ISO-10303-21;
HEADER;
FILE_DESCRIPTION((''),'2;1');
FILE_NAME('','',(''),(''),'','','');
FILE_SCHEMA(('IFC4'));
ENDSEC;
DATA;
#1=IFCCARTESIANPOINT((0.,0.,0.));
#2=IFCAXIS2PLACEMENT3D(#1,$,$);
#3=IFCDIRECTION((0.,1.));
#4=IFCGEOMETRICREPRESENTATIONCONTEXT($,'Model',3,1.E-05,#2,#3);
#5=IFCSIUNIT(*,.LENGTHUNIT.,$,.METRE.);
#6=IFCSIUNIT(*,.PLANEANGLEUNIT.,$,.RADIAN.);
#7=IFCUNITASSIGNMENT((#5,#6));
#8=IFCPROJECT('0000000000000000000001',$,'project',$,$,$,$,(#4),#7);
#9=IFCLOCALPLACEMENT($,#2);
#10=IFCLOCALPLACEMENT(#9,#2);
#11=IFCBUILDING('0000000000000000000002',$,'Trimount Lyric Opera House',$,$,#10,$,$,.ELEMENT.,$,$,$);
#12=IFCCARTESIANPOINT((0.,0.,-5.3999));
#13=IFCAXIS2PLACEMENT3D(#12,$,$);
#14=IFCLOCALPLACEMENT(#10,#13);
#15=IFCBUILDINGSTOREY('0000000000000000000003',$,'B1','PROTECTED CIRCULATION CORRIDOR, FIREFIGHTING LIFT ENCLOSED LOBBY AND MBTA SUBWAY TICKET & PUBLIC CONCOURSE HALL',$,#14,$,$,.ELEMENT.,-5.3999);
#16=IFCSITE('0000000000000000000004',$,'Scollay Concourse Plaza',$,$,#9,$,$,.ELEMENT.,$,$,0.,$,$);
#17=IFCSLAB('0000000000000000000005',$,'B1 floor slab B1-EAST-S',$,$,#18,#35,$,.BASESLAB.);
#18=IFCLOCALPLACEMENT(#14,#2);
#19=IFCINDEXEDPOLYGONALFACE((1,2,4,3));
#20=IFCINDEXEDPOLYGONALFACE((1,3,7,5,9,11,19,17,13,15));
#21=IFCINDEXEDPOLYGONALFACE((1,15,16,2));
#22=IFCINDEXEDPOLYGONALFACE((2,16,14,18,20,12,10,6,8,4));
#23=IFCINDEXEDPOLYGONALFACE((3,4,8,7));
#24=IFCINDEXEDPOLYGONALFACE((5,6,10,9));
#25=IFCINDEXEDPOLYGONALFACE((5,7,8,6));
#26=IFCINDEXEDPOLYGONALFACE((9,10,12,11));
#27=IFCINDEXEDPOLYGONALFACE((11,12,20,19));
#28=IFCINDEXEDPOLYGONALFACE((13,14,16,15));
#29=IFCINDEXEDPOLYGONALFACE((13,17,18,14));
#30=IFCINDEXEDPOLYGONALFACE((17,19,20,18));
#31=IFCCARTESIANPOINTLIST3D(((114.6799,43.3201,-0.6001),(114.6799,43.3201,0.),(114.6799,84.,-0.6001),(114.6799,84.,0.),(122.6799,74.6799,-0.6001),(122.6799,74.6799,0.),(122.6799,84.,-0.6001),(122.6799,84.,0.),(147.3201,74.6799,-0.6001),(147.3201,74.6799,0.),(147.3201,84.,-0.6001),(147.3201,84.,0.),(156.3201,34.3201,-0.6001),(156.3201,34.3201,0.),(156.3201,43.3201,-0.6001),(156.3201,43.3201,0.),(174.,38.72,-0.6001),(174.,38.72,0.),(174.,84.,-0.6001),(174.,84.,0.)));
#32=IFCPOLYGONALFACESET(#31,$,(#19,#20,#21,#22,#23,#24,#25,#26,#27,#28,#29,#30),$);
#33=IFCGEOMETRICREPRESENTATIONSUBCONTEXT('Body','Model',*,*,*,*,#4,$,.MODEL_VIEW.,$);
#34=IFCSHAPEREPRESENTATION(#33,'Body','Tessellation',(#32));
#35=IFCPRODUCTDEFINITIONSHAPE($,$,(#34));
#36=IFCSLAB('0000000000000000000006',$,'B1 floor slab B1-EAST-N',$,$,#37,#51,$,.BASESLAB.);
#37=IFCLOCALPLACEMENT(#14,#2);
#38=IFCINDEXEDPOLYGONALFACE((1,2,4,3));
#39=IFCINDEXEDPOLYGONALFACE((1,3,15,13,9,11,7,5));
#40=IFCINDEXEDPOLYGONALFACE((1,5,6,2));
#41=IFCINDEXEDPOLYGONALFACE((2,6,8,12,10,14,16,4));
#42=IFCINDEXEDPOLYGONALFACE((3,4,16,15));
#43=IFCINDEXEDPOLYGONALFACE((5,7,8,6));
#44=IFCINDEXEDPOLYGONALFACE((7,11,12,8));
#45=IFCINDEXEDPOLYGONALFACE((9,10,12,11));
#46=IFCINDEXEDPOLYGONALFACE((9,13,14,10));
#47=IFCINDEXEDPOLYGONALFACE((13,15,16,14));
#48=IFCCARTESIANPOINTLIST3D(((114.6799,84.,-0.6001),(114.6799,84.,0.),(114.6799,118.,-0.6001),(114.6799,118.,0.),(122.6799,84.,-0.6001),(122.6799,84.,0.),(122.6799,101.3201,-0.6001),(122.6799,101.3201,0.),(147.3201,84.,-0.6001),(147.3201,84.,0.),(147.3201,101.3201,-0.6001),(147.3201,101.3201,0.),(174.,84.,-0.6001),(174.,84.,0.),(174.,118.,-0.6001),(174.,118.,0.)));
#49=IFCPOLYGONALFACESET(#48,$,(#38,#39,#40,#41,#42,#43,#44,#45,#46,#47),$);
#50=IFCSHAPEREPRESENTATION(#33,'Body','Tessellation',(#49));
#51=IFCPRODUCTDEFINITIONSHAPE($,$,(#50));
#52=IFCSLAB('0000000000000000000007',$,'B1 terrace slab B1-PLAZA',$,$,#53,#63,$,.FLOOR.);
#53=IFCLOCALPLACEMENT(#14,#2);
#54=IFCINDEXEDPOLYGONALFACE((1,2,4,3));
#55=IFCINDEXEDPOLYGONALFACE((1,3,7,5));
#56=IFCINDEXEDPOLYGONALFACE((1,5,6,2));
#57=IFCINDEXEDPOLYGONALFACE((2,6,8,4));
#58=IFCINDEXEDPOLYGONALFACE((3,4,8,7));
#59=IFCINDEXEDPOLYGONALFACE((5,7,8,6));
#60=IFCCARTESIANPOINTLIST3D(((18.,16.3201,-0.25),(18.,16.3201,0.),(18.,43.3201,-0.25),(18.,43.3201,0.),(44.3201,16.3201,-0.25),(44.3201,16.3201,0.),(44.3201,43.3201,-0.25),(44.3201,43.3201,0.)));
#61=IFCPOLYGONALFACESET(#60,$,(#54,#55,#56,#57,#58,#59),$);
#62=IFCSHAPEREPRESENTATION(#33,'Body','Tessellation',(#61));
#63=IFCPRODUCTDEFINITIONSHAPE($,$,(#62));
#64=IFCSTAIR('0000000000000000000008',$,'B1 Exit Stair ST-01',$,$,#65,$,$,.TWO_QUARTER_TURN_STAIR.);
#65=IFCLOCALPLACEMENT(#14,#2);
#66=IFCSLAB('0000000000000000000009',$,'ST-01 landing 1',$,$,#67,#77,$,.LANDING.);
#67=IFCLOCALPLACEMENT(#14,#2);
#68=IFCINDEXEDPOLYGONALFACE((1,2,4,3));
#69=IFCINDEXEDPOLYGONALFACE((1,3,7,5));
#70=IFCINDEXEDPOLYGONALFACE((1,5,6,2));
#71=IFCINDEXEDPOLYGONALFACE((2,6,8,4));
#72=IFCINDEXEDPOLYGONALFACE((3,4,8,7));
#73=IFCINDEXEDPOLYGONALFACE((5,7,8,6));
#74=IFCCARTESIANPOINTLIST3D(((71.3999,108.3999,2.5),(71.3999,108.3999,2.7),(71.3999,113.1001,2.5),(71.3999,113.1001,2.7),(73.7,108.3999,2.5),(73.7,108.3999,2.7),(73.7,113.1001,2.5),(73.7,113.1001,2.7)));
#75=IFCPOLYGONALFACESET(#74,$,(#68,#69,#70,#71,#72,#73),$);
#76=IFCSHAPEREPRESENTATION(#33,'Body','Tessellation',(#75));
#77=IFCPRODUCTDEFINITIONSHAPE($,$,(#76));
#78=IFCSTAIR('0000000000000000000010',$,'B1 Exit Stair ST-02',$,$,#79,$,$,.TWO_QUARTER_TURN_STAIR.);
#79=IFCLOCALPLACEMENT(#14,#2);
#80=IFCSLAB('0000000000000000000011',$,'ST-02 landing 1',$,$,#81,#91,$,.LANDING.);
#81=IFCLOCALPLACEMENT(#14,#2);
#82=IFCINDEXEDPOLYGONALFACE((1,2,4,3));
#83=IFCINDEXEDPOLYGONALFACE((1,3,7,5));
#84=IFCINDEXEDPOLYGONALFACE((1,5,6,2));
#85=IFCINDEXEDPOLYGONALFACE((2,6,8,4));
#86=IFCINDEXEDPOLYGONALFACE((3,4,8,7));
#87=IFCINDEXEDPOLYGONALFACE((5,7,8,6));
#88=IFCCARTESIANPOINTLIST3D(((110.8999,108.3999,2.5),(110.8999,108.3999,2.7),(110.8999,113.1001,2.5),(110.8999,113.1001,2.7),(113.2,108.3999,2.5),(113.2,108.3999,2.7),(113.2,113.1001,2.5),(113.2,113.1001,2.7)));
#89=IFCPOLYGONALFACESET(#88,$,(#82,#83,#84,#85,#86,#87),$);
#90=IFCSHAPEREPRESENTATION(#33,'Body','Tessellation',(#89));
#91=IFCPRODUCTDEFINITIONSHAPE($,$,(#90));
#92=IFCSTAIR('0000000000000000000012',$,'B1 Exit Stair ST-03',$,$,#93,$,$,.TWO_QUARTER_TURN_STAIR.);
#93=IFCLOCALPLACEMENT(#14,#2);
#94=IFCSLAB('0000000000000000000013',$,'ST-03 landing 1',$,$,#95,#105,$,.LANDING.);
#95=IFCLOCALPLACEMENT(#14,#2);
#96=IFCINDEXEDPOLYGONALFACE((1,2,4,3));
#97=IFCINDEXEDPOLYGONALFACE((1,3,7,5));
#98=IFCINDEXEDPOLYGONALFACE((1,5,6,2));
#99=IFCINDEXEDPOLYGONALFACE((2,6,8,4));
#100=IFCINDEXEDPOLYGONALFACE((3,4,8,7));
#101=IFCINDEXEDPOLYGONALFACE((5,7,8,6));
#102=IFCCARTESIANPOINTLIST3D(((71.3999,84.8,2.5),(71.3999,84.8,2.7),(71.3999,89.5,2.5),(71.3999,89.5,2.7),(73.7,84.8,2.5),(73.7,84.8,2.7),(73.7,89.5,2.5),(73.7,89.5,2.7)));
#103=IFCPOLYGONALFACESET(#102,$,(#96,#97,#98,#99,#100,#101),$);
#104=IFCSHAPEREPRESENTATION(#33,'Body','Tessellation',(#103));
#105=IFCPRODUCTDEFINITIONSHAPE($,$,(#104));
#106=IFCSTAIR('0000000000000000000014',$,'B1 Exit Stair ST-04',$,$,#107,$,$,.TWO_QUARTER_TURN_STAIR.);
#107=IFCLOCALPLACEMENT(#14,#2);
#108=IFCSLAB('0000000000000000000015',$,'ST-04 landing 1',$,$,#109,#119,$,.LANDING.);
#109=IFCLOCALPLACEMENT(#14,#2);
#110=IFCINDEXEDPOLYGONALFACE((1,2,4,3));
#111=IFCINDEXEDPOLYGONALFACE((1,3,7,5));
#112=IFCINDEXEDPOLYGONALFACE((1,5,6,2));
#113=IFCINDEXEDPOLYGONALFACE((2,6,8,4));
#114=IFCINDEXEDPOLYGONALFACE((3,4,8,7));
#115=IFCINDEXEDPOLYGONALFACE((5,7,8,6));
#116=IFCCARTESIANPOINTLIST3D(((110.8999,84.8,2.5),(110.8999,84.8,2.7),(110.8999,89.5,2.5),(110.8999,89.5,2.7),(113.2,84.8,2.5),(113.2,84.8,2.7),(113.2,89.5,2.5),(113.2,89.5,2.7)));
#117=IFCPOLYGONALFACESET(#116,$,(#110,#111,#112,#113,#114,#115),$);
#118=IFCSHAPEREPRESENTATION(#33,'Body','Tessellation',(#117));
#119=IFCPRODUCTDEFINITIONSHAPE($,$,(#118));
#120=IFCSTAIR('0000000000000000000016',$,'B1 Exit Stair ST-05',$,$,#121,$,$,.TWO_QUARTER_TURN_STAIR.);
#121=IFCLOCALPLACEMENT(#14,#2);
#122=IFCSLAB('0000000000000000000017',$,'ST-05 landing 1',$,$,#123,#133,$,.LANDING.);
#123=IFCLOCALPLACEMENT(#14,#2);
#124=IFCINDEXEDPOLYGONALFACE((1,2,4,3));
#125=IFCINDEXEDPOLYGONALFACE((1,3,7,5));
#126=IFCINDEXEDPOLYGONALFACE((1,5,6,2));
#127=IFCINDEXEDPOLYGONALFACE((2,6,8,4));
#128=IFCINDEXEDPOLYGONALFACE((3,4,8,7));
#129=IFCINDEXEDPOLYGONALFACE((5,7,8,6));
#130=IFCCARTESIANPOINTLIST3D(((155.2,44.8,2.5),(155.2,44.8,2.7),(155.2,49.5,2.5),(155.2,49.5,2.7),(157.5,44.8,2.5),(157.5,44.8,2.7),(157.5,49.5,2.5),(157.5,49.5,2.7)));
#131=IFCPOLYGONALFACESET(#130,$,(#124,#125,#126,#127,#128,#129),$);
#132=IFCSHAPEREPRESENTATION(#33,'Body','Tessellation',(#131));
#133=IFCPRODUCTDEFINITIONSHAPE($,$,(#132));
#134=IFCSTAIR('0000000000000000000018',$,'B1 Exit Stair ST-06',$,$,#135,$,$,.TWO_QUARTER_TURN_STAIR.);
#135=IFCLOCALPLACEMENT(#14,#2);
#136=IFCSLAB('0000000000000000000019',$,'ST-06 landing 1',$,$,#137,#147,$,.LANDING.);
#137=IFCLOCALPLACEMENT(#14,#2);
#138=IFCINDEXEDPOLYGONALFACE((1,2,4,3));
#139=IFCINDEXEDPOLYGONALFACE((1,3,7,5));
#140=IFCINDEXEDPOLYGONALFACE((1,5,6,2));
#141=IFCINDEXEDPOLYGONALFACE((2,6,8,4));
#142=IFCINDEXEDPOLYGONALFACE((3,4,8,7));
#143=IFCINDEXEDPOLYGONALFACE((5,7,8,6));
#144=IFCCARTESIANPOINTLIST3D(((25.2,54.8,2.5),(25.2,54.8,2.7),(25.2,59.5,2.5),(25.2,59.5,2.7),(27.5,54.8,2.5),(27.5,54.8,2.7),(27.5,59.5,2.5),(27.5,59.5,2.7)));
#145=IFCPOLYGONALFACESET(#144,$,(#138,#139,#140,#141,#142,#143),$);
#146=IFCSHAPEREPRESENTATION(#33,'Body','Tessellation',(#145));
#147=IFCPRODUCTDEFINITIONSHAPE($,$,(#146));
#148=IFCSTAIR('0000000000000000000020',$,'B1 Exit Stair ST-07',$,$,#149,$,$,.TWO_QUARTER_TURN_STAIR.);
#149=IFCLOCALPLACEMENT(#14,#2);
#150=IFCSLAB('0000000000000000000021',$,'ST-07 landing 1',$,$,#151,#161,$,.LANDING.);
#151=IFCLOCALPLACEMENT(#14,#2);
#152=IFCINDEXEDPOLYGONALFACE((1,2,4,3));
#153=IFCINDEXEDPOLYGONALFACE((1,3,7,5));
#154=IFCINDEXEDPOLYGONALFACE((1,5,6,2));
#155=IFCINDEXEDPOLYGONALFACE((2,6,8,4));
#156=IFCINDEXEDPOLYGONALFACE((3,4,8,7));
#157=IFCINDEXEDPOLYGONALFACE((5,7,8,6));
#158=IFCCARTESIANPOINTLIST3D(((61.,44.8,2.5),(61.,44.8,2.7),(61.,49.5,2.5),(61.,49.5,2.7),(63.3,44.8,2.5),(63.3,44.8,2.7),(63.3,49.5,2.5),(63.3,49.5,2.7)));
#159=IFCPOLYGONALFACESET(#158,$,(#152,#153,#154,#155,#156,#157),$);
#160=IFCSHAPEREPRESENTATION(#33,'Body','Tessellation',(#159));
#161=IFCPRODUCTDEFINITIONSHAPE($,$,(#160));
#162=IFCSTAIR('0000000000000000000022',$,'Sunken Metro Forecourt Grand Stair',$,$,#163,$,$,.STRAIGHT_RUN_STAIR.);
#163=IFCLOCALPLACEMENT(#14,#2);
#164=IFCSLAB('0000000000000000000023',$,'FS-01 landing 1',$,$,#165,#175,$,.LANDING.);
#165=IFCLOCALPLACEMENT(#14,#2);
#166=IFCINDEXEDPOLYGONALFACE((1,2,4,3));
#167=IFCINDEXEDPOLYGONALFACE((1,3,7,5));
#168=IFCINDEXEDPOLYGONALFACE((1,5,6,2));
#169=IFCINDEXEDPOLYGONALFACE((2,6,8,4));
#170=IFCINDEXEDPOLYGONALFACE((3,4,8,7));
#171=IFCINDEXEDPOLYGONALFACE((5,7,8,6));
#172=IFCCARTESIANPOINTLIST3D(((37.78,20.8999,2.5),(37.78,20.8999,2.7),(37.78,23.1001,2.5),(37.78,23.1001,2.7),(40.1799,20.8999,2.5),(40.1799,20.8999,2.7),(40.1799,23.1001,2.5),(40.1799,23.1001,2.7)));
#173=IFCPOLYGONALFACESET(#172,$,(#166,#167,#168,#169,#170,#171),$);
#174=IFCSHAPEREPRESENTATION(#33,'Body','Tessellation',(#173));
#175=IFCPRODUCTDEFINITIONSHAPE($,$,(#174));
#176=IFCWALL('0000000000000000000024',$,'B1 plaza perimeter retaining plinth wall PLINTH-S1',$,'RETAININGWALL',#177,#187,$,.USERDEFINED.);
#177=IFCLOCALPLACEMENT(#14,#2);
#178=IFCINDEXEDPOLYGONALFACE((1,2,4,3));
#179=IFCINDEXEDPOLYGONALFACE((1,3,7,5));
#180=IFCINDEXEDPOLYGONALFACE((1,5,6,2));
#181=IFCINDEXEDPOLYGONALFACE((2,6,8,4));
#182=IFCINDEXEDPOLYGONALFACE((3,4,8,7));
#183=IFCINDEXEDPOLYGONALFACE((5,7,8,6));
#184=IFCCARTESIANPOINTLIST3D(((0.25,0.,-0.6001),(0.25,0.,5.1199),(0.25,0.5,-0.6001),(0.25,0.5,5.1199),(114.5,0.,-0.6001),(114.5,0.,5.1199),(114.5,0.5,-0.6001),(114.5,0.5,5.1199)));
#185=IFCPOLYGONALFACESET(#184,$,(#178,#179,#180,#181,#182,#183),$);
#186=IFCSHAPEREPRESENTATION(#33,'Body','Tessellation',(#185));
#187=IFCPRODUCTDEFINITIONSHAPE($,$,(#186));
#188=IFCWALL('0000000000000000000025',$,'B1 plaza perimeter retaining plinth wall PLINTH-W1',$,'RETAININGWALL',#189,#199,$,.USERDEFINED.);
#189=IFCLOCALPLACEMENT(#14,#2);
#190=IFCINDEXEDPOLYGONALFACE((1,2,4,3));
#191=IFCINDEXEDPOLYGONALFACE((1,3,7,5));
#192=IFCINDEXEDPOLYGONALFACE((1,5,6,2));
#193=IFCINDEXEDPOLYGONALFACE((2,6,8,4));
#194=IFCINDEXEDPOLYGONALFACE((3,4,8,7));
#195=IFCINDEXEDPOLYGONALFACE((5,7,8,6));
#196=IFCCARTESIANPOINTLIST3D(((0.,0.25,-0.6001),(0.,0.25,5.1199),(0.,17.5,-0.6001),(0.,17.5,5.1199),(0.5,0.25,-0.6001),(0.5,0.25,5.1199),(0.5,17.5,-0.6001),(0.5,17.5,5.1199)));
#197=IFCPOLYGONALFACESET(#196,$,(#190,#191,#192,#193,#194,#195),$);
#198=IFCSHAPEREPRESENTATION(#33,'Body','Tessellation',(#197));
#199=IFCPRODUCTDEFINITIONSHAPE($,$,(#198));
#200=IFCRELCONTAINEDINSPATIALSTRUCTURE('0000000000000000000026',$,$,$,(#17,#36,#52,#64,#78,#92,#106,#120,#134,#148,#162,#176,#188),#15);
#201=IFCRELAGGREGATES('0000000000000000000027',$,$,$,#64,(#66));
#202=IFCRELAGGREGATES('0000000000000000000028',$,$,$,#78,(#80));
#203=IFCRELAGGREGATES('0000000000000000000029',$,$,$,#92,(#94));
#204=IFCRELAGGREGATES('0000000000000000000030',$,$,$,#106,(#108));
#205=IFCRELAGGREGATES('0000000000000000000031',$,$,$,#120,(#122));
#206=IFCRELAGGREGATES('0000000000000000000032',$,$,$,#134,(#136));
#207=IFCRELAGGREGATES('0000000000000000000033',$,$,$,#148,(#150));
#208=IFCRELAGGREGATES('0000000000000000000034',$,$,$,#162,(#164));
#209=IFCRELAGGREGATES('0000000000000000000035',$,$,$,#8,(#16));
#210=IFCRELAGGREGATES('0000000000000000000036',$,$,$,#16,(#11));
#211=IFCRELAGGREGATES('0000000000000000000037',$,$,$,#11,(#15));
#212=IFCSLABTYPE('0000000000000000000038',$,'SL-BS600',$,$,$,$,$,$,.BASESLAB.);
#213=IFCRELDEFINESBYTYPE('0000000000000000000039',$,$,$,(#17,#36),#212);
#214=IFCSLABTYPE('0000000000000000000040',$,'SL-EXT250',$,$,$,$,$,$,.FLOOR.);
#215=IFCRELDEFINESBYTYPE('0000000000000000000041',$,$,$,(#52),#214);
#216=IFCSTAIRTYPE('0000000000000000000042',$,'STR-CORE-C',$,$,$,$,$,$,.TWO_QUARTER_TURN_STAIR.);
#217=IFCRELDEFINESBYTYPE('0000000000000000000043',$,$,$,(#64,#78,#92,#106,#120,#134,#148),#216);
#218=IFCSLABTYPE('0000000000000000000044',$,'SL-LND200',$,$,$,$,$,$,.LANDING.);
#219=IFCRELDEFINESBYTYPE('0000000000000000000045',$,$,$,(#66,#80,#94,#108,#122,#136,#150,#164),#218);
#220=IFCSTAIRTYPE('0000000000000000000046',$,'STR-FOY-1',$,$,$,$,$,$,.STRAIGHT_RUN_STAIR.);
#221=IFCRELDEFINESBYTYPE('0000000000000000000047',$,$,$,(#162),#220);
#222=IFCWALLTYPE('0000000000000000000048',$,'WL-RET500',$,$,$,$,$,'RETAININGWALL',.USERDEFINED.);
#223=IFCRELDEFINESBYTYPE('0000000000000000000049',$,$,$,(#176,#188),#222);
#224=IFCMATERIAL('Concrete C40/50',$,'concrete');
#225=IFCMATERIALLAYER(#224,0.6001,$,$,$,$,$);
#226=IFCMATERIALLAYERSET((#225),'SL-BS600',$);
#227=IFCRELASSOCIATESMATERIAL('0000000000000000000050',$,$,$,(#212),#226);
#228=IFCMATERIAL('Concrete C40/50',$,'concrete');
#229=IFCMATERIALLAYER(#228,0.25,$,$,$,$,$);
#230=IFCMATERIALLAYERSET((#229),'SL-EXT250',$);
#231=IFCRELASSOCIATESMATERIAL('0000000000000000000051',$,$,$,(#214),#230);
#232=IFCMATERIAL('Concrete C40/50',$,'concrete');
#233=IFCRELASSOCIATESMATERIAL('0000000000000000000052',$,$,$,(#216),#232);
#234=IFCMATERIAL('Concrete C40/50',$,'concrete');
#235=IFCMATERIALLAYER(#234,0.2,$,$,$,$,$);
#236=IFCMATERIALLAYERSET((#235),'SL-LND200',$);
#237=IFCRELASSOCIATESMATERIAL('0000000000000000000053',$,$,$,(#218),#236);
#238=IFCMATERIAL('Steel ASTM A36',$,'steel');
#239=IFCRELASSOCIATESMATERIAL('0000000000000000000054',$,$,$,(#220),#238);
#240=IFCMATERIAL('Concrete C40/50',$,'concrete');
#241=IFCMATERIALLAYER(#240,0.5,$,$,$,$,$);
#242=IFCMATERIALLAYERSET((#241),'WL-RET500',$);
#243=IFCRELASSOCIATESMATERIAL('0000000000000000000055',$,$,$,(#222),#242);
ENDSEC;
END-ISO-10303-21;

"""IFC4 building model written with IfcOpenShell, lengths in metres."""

from ifc_helpers import new_model, si_unit, direction, frame, frame_2d, origin, place, context, subcontext, project, spatial, polyline, rectangle, outline, extrude, material, layer, layer_set, type_object, element, aggregate, save


model = new_model("IFC4")

# Units and contexts
model_context = context("Model", 3, precision=1e-05, world=origin(), true_north=direction((0.0, 1.0)))
body_context = subcontext(model_context, "Body", "Model", "MODEL_VIEW")
ifc_project = project(units=[si_unit("LENGTHUNIT", "METRE"), si_unit("PLANEANGLEUNIT", "RADIAN")], contexts=[model_context])

# Site, building, storey
site_placement = place(None, origin())
site = spatial("IfcSite", under=ifc_project, at=site_placement, Name="Scollay Concourse Plaza", CompositionType="ELEMENT", RefElevation=0.0)
building_placement = place(site_placement, origin())
building = spatial("IfcBuilding", under=site, at=building_placement, Name="Trimount Lyric Opera House", CompositionType="ELEMENT")
storey_placement = place(building_placement, frame((0.0, 0.0, -5.3999)))
storey = spatial("IfcBuildingStorey", under=building, at=storey_placement, Name="B1", Description="PROTECTED CIRCULATION CORRIDOR, FIREFIGHTING LIFT ENCLOSED LOBBY AND MBTA SUBWAY TICKET & PUBLIC CONCOURSE HALL", CompositionType="ELEMENT", Elevation=-5.3999)

# Slabs
ifc_material_1 = material(Name="Concrete C40/50", Category="concrete")
ifc_layer_1 = layer(ifc_material_1, 0.6001)
ifc_layer_set_1 = layer_set([ifc_layer_1], Name="SL-BS600")
slab_type_1 = type_object("IfcSlabType", Name="SL-BS600", PredefinedType="BASESLAB", material=ifc_layer_set_1)
slab_1_placement = place(storey_placement, frame((0.0, 0.0, -0.6001)))
element("IfcSlab", 1, at=slab_1_placement, inside=storey, type_object=slab_type_1, Name="B1 floor slab B1-EAST-S", PredefinedType="BASESLAB", context=body_context, shape_type="SweptSolid", body=[
    extrude(outline(polyline([(174.0, 38.72), (156.3201, 34.3201), (156.3201, 43.3201), (114.6799, 43.3201), (114.6799, 84.0), (122.6799, 84.0), (122.6799, 74.6799), (147.3201, 74.6799), (147.3201, 84.0), (174.0, 84.0), (174.0, 38.72)])), origin(), (0.0, 0.0, 1.0), 0.6001),
])
slab_2_placement = place(storey_placement, frame((0.0, 0.0, -0.6001)))
element("IfcSlab", 2, at=slab_2_placement, inside=storey, type_object=slab_type_1, Name="B1 floor slab B1-EAST-N", PredefinedType="BASESLAB", context=body_context, shape_type="SweptSolid", body=[
    extrude(outline(polyline([(114.6799, 118.0), (174.0, 118.0), (174.0, 84.0), (147.3201, 84.0), (147.3201, 101.3201), (122.6799, 101.3201), (122.6799, 84.0), (114.6799, 84.0), (114.6799, 118.0)])), origin(), (0.0, 0.0, 1.0), 0.6001),
])
ifc_material_2 = material(Name="Concrete C40/50", Category="concrete")
ifc_layer_2 = layer(ifc_material_2, 0.25)
ifc_layer_set_2 = layer_set([ifc_layer_2], Name="SL-EXT250")
slab_type_2 = type_object("IfcSlabType", Name="SL-EXT250", PredefinedType="FLOOR", material=ifc_layer_set_2)
slab_3_placement = place(storey_placement, frame((0.0, 0.0, -0.25)))
element("IfcSlab", 3, at=slab_3_placement, inside=storey, type_object=slab_type_2, Name="B1 terrace slab B1-PLAZA", PredefinedType="FLOOR", context=body_context, shape_type="SweptSolid", body=[
    extrude(outline(polyline([(44.3201, 16.3201), (18.0, 16.3201), (18.0, 43.3201), (44.3201, 43.3201), (44.3201, 16.3201)])), origin(), (0.0, 0.0, 1.0), 0.25),
])

# Stairs, slabs
ifc_material_3 = material(Name="Concrete C40/50", Category="concrete")
stair_type_1 = type_object("IfcStairType", Name="STR-CORE-C", PredefinedType="TWO_QUARTER_TURN_STAIR", material=ifc_material_3)
stair_1_placement = place(storey_placement, origin())
stair_1 = element("IfcStair", 4, at=stair_1_placement, inside=storey, type_object=stair_type_1, Name="B1 Exit Stair ST-01", PredefinedType="TWO_QUARTER_TURN_STAIR")
ifc_material_4 = material(Name="Concrete C40/50", Category="concrete")
ifc_layer_3 = layer(ifc_material_4, 0.2)
ifc_layer_set_3 = layer_set([ifc_layer_3], Name="SL-LND200")
slab_type_3 = type_object("IfcSlabType", Name="SL-LND200", PredefinedType="LANDING", material=ifc_layer_set_3)
slab_4_placement = place(storey_placement, frame((0.0, 0.0, 2.5)))
slab_4 = element("IfcSlab", 5, at=slab_4_placement, type_object=slab_type_3, Name="ST-01 landing 1", PredefinedType="LANDING", context=body_context, shape_type="SweptSolid", body=[
    extrude(outline(polyline([(71.3999, 108.3999), (73.7, 108.3999), (73.7, 113.1001), (71.3999, 113.1001), (71.3999, 108.3999)])), origin(), (0.0, 0.0, 1.0), 0.2),
])
aggregate(stair_1, [slab_4])
stair_2_placement = place(storey_placement, origin())
stair_2 = element("IfcStair", 6, at=stair_2_placement, inside=storey, type_object=stair_type_1, Name="B1 Exit Stair ST-02", PredefinedType="TWO_QUARTER_TURN_STAIR")
slab_5_placement = place(storey_placement, frame((0.0, 0.0, 2.5)))
slab_5 = element("IfcSlab", 7, at=slab_5_placement, type_object=slab_type_3, Name="ST-02 landing 1", PredefinedType="LANDING", context=body_context, shape_type="SweptSolid", body=[
    extrude(outline(polyline([(110.8999, 108.3999), (113.2, 108.3999), (113.2, 113.1001), (110.8999, 113.1001), (110.8999, 108.3999)])), origin(), (0.0, 0.0, 1.0), 0.2),
])
aggregate(stair_2, [slab_5])
stair_3_placement = place(storey_placement, origin())
stair_3 = element("IfcStair", 8, at=stair_3_placement, inside=storey, type_object=stair_type_1, Name="B1 Exit Stair ST-03", PredefinedType="TWO_QUARTER_TURN_STAIR")
slab_6_placement = place(storey_placement, frame((0.0, 0.0, 2.5)))
slab_6 = element("IfcSlab", 9, at=slab_6_placement, type_object=slab_type_3, Name="ST-03 landing 1", PredefinedType="LANDING", context=body_context, shape_type="SweptSolid", body=[
    extrude(outline(polyline([(71.3999, 84.8), (73.7, 84.8), (73.7, 89.5), (71.3999, 89.5), (71.3999, 84.8)])), origin(), (0.0, 0.0, 1.0), 0.2),
])
aggregate(stair_3, [slab_6])
stair_4_placement = place(storey_placement, origin())
stair_4 = element("IfcStair", 10, at=stair_4_placement, inside=storey, type_object=stair_type_1, Name="B1 Exit Stair ST-04", PredefinedType="TWO_QUARTER_TURN_STAIR")
slab_7_placement = place(storey_placement, frame((0.0, 0.0, 2.5)))
slab_7 = element("IfcSlab", 11, at=slab_7_placement, type_object=slab_type_3, Name="ST-04 landing 1", PredefinedType="LANDING", context=body_context, shape_type="SweptSolid", body=[
    extrude(outline(polyline([(110.8999, 84.8), (113.2, 84.8), (113.2, 89.5), (110.8999, 89.5), (110.8999, 84.8)])), origin(), (0.0, 0.0, 1.0), 0.2),
])
aggregate(stair_4, [slab_7])
stair_5_placement = place(storey_placement, origin())
stair_5 = element("IfcStair", 12, at=stair_5_placement, inside=storey, type_object=stair_type_1, Name="B1 Exit Stair ST-05", PredefinedType="TWO_QUARTER_TURN_STAIR")
slab_8_placement = place(storey_placement, frame((0.0, 0.0, 2.5)))
slab_8 = element("IfcSlab", 13, at=slab_8_placement, type_object=slab_type_3, Name="ST-05 landing 1", PredefinedType="LANDING", context=body_context, shape_type="SweptSolid", body=[
    extrude(outline(polyline([(155.2, 44.8), (157.5, 44.8), (157.5, 49.5), (155.2, 49.5), (155.2, 44.8)])), origin(), (0.0, 0.0, 1.0), 0.2),
])
aggregate(stair_5, [slab_8])
stair_6_placement = place(storey_placement, origin())
stair_6 = element("IfcStair", 14, at=stair_6_placement, inside=storey, type_object=stair_type_1, Name="B1 Exit Stair ST-06", PredefinedType="TWO_QUARTER_TURN_STAIR")
slab_9_placement = place(storey_placement, frame((0.0, 0.0, 2.5)))
slab_9 = element("IfcSlab", 15, at=slab_9_placement, type_object=slab_type_3, Name="ST-06 landing 1", PredefinedType="LANDING", context=body_context, shape_type="SweptSolid", body=[
    extrude(outline(polyline([(25.2, 54.8), (27.5, 54.8), (27.5, 59.5), (25.2, 59.5), (25.2, 54.8)])), origin(), (0.0, 0.0, 1.0), 0.2),
])
aggregate(stair_6, [slab_9])
stair_7_placement = place(storey_placement, origin())
stair_7 = element("IfcStair", 16, at=stair_7_placement, inside=storey, type_object=stair_type_1, Name="B1 Exit Stair ST-07", PredefinedType="TWO_QUARTER_TURN_STAIR")
slab_10_placement = place(storey_placement, frame((0.0, 0.0, 2.5)))
slab_10 = element("IfcSlab", 17, at=slab_10_placement, type_object=slab_type_3, Name="ST-07 landing 1", PredefinedType="LANDING", context=body_context, shape_type="SweptSolid", body=[
    extrude(outline(polyline([(61.0, 44.8), (63.3, 44.8), (63.3, 49.5), (61.0, 49.5), (61.0, 44.8)])), origin(), (0.0, 0.0, 1.0), 0.2),
])
aggregate(stair_7, [slab_10])
ifc_material_5 = material(Name="Steel ASTM A36", Category="steel")
stair_type_2 = type_object("IfcStairType", Name="STR-FOY-1", PredefinedType="STRAIGHT_RUN_STAIR", material=ifc_material_5)
stair_8_placement = place(storey_placement, origin())
stair_8 = element("IfcStair", 18, at=stair_8_placement, inside=storey, type_object=stair_type_2, Name="Sunken Metro Forecourt Grand Stair", PredefinedType="STRAIGHT_RUN_STAIR")
slab_11_placement = place(storey_placement, frame((0.0, 0.0, 2.5)))
slab_11 = element("IfcSlab", 19, at=slab_11_placement, type_object=slab_type_3, Name="FS-01 landing 1", PredefinedType="LANDING", context=body_context, shape_type="SweptSolid", body=[
    extrude(outline(polyline([(37.78, 20.8999), (40.1799, 20.8999), (40.1799, 23.1001), (37.78, 23.1001), (37.78, 20.8999)])), origin(), (0.0, 0.0, 1.0), 0.2),
])
aggregate(stair_8, [slab_11])

# Walls
ifc_material_6 = material(Name="Concrete C40/50", Category="concrete")
ifc_layer_4 = layer(ifc_material_6, 0.5)
ifc_layer_set_4 = layer_set([ifc_layer_4], Name="WL-RET500")
wall_type = type_object("IfcWallType", Name="WL-RET500", ElementType="RETAININGWALL", PredefinedType="USERDEFINED", material=ifc_layer_set_4)
wall_1_placement = place(storey_placement, frame((0.25, 0.25, -0.6001), z_axis=(0.0, 0.0, 1.0), x_axis=(1.0, 0.0, 0.0)))
element("IfcWall", 20, at=wall_1_placement, inside=storey, type_object=wall_type, Name="B1 plaza perimeter retaining plinth wall PLINTH-S1", ObjectType="RETAININGWALL", PredefinedType="USERDEFINED", context=body_context, shape_type="SweptSolid", body=[
    extrude(rectangle(XDim=114.25, YDim=0.5, at=frame_2d((57.125, 0.0))), origin(), (0.0, 0.0, 1.0), 5.72),
])
wall_2_placement = place(storey_placement, frame((0.25, 0.25, -0.6001), z_axis=(0.0, 0.0, 1.0), x_axis=(0.0, 1.0, 0.0)))
element("IfcWall", 21, at=wall_2_placement, inside=storey, type_object=wall_type, Name="B1 plaza perimeter retaining plinth wall PLINTH-W1", ObjectType="RETAININGWALL", PredefinedType="USERDEFINED", context=body_context, shape_type="SweptSolid", body=[
    extrude(rectangle(XDim=17.25, YDim=0.5, at=frame_2d((8.625, 0.0))), origin(), (0.0, 0.0, 1.0), 5.72),
])

save(model, "model.ifc")
